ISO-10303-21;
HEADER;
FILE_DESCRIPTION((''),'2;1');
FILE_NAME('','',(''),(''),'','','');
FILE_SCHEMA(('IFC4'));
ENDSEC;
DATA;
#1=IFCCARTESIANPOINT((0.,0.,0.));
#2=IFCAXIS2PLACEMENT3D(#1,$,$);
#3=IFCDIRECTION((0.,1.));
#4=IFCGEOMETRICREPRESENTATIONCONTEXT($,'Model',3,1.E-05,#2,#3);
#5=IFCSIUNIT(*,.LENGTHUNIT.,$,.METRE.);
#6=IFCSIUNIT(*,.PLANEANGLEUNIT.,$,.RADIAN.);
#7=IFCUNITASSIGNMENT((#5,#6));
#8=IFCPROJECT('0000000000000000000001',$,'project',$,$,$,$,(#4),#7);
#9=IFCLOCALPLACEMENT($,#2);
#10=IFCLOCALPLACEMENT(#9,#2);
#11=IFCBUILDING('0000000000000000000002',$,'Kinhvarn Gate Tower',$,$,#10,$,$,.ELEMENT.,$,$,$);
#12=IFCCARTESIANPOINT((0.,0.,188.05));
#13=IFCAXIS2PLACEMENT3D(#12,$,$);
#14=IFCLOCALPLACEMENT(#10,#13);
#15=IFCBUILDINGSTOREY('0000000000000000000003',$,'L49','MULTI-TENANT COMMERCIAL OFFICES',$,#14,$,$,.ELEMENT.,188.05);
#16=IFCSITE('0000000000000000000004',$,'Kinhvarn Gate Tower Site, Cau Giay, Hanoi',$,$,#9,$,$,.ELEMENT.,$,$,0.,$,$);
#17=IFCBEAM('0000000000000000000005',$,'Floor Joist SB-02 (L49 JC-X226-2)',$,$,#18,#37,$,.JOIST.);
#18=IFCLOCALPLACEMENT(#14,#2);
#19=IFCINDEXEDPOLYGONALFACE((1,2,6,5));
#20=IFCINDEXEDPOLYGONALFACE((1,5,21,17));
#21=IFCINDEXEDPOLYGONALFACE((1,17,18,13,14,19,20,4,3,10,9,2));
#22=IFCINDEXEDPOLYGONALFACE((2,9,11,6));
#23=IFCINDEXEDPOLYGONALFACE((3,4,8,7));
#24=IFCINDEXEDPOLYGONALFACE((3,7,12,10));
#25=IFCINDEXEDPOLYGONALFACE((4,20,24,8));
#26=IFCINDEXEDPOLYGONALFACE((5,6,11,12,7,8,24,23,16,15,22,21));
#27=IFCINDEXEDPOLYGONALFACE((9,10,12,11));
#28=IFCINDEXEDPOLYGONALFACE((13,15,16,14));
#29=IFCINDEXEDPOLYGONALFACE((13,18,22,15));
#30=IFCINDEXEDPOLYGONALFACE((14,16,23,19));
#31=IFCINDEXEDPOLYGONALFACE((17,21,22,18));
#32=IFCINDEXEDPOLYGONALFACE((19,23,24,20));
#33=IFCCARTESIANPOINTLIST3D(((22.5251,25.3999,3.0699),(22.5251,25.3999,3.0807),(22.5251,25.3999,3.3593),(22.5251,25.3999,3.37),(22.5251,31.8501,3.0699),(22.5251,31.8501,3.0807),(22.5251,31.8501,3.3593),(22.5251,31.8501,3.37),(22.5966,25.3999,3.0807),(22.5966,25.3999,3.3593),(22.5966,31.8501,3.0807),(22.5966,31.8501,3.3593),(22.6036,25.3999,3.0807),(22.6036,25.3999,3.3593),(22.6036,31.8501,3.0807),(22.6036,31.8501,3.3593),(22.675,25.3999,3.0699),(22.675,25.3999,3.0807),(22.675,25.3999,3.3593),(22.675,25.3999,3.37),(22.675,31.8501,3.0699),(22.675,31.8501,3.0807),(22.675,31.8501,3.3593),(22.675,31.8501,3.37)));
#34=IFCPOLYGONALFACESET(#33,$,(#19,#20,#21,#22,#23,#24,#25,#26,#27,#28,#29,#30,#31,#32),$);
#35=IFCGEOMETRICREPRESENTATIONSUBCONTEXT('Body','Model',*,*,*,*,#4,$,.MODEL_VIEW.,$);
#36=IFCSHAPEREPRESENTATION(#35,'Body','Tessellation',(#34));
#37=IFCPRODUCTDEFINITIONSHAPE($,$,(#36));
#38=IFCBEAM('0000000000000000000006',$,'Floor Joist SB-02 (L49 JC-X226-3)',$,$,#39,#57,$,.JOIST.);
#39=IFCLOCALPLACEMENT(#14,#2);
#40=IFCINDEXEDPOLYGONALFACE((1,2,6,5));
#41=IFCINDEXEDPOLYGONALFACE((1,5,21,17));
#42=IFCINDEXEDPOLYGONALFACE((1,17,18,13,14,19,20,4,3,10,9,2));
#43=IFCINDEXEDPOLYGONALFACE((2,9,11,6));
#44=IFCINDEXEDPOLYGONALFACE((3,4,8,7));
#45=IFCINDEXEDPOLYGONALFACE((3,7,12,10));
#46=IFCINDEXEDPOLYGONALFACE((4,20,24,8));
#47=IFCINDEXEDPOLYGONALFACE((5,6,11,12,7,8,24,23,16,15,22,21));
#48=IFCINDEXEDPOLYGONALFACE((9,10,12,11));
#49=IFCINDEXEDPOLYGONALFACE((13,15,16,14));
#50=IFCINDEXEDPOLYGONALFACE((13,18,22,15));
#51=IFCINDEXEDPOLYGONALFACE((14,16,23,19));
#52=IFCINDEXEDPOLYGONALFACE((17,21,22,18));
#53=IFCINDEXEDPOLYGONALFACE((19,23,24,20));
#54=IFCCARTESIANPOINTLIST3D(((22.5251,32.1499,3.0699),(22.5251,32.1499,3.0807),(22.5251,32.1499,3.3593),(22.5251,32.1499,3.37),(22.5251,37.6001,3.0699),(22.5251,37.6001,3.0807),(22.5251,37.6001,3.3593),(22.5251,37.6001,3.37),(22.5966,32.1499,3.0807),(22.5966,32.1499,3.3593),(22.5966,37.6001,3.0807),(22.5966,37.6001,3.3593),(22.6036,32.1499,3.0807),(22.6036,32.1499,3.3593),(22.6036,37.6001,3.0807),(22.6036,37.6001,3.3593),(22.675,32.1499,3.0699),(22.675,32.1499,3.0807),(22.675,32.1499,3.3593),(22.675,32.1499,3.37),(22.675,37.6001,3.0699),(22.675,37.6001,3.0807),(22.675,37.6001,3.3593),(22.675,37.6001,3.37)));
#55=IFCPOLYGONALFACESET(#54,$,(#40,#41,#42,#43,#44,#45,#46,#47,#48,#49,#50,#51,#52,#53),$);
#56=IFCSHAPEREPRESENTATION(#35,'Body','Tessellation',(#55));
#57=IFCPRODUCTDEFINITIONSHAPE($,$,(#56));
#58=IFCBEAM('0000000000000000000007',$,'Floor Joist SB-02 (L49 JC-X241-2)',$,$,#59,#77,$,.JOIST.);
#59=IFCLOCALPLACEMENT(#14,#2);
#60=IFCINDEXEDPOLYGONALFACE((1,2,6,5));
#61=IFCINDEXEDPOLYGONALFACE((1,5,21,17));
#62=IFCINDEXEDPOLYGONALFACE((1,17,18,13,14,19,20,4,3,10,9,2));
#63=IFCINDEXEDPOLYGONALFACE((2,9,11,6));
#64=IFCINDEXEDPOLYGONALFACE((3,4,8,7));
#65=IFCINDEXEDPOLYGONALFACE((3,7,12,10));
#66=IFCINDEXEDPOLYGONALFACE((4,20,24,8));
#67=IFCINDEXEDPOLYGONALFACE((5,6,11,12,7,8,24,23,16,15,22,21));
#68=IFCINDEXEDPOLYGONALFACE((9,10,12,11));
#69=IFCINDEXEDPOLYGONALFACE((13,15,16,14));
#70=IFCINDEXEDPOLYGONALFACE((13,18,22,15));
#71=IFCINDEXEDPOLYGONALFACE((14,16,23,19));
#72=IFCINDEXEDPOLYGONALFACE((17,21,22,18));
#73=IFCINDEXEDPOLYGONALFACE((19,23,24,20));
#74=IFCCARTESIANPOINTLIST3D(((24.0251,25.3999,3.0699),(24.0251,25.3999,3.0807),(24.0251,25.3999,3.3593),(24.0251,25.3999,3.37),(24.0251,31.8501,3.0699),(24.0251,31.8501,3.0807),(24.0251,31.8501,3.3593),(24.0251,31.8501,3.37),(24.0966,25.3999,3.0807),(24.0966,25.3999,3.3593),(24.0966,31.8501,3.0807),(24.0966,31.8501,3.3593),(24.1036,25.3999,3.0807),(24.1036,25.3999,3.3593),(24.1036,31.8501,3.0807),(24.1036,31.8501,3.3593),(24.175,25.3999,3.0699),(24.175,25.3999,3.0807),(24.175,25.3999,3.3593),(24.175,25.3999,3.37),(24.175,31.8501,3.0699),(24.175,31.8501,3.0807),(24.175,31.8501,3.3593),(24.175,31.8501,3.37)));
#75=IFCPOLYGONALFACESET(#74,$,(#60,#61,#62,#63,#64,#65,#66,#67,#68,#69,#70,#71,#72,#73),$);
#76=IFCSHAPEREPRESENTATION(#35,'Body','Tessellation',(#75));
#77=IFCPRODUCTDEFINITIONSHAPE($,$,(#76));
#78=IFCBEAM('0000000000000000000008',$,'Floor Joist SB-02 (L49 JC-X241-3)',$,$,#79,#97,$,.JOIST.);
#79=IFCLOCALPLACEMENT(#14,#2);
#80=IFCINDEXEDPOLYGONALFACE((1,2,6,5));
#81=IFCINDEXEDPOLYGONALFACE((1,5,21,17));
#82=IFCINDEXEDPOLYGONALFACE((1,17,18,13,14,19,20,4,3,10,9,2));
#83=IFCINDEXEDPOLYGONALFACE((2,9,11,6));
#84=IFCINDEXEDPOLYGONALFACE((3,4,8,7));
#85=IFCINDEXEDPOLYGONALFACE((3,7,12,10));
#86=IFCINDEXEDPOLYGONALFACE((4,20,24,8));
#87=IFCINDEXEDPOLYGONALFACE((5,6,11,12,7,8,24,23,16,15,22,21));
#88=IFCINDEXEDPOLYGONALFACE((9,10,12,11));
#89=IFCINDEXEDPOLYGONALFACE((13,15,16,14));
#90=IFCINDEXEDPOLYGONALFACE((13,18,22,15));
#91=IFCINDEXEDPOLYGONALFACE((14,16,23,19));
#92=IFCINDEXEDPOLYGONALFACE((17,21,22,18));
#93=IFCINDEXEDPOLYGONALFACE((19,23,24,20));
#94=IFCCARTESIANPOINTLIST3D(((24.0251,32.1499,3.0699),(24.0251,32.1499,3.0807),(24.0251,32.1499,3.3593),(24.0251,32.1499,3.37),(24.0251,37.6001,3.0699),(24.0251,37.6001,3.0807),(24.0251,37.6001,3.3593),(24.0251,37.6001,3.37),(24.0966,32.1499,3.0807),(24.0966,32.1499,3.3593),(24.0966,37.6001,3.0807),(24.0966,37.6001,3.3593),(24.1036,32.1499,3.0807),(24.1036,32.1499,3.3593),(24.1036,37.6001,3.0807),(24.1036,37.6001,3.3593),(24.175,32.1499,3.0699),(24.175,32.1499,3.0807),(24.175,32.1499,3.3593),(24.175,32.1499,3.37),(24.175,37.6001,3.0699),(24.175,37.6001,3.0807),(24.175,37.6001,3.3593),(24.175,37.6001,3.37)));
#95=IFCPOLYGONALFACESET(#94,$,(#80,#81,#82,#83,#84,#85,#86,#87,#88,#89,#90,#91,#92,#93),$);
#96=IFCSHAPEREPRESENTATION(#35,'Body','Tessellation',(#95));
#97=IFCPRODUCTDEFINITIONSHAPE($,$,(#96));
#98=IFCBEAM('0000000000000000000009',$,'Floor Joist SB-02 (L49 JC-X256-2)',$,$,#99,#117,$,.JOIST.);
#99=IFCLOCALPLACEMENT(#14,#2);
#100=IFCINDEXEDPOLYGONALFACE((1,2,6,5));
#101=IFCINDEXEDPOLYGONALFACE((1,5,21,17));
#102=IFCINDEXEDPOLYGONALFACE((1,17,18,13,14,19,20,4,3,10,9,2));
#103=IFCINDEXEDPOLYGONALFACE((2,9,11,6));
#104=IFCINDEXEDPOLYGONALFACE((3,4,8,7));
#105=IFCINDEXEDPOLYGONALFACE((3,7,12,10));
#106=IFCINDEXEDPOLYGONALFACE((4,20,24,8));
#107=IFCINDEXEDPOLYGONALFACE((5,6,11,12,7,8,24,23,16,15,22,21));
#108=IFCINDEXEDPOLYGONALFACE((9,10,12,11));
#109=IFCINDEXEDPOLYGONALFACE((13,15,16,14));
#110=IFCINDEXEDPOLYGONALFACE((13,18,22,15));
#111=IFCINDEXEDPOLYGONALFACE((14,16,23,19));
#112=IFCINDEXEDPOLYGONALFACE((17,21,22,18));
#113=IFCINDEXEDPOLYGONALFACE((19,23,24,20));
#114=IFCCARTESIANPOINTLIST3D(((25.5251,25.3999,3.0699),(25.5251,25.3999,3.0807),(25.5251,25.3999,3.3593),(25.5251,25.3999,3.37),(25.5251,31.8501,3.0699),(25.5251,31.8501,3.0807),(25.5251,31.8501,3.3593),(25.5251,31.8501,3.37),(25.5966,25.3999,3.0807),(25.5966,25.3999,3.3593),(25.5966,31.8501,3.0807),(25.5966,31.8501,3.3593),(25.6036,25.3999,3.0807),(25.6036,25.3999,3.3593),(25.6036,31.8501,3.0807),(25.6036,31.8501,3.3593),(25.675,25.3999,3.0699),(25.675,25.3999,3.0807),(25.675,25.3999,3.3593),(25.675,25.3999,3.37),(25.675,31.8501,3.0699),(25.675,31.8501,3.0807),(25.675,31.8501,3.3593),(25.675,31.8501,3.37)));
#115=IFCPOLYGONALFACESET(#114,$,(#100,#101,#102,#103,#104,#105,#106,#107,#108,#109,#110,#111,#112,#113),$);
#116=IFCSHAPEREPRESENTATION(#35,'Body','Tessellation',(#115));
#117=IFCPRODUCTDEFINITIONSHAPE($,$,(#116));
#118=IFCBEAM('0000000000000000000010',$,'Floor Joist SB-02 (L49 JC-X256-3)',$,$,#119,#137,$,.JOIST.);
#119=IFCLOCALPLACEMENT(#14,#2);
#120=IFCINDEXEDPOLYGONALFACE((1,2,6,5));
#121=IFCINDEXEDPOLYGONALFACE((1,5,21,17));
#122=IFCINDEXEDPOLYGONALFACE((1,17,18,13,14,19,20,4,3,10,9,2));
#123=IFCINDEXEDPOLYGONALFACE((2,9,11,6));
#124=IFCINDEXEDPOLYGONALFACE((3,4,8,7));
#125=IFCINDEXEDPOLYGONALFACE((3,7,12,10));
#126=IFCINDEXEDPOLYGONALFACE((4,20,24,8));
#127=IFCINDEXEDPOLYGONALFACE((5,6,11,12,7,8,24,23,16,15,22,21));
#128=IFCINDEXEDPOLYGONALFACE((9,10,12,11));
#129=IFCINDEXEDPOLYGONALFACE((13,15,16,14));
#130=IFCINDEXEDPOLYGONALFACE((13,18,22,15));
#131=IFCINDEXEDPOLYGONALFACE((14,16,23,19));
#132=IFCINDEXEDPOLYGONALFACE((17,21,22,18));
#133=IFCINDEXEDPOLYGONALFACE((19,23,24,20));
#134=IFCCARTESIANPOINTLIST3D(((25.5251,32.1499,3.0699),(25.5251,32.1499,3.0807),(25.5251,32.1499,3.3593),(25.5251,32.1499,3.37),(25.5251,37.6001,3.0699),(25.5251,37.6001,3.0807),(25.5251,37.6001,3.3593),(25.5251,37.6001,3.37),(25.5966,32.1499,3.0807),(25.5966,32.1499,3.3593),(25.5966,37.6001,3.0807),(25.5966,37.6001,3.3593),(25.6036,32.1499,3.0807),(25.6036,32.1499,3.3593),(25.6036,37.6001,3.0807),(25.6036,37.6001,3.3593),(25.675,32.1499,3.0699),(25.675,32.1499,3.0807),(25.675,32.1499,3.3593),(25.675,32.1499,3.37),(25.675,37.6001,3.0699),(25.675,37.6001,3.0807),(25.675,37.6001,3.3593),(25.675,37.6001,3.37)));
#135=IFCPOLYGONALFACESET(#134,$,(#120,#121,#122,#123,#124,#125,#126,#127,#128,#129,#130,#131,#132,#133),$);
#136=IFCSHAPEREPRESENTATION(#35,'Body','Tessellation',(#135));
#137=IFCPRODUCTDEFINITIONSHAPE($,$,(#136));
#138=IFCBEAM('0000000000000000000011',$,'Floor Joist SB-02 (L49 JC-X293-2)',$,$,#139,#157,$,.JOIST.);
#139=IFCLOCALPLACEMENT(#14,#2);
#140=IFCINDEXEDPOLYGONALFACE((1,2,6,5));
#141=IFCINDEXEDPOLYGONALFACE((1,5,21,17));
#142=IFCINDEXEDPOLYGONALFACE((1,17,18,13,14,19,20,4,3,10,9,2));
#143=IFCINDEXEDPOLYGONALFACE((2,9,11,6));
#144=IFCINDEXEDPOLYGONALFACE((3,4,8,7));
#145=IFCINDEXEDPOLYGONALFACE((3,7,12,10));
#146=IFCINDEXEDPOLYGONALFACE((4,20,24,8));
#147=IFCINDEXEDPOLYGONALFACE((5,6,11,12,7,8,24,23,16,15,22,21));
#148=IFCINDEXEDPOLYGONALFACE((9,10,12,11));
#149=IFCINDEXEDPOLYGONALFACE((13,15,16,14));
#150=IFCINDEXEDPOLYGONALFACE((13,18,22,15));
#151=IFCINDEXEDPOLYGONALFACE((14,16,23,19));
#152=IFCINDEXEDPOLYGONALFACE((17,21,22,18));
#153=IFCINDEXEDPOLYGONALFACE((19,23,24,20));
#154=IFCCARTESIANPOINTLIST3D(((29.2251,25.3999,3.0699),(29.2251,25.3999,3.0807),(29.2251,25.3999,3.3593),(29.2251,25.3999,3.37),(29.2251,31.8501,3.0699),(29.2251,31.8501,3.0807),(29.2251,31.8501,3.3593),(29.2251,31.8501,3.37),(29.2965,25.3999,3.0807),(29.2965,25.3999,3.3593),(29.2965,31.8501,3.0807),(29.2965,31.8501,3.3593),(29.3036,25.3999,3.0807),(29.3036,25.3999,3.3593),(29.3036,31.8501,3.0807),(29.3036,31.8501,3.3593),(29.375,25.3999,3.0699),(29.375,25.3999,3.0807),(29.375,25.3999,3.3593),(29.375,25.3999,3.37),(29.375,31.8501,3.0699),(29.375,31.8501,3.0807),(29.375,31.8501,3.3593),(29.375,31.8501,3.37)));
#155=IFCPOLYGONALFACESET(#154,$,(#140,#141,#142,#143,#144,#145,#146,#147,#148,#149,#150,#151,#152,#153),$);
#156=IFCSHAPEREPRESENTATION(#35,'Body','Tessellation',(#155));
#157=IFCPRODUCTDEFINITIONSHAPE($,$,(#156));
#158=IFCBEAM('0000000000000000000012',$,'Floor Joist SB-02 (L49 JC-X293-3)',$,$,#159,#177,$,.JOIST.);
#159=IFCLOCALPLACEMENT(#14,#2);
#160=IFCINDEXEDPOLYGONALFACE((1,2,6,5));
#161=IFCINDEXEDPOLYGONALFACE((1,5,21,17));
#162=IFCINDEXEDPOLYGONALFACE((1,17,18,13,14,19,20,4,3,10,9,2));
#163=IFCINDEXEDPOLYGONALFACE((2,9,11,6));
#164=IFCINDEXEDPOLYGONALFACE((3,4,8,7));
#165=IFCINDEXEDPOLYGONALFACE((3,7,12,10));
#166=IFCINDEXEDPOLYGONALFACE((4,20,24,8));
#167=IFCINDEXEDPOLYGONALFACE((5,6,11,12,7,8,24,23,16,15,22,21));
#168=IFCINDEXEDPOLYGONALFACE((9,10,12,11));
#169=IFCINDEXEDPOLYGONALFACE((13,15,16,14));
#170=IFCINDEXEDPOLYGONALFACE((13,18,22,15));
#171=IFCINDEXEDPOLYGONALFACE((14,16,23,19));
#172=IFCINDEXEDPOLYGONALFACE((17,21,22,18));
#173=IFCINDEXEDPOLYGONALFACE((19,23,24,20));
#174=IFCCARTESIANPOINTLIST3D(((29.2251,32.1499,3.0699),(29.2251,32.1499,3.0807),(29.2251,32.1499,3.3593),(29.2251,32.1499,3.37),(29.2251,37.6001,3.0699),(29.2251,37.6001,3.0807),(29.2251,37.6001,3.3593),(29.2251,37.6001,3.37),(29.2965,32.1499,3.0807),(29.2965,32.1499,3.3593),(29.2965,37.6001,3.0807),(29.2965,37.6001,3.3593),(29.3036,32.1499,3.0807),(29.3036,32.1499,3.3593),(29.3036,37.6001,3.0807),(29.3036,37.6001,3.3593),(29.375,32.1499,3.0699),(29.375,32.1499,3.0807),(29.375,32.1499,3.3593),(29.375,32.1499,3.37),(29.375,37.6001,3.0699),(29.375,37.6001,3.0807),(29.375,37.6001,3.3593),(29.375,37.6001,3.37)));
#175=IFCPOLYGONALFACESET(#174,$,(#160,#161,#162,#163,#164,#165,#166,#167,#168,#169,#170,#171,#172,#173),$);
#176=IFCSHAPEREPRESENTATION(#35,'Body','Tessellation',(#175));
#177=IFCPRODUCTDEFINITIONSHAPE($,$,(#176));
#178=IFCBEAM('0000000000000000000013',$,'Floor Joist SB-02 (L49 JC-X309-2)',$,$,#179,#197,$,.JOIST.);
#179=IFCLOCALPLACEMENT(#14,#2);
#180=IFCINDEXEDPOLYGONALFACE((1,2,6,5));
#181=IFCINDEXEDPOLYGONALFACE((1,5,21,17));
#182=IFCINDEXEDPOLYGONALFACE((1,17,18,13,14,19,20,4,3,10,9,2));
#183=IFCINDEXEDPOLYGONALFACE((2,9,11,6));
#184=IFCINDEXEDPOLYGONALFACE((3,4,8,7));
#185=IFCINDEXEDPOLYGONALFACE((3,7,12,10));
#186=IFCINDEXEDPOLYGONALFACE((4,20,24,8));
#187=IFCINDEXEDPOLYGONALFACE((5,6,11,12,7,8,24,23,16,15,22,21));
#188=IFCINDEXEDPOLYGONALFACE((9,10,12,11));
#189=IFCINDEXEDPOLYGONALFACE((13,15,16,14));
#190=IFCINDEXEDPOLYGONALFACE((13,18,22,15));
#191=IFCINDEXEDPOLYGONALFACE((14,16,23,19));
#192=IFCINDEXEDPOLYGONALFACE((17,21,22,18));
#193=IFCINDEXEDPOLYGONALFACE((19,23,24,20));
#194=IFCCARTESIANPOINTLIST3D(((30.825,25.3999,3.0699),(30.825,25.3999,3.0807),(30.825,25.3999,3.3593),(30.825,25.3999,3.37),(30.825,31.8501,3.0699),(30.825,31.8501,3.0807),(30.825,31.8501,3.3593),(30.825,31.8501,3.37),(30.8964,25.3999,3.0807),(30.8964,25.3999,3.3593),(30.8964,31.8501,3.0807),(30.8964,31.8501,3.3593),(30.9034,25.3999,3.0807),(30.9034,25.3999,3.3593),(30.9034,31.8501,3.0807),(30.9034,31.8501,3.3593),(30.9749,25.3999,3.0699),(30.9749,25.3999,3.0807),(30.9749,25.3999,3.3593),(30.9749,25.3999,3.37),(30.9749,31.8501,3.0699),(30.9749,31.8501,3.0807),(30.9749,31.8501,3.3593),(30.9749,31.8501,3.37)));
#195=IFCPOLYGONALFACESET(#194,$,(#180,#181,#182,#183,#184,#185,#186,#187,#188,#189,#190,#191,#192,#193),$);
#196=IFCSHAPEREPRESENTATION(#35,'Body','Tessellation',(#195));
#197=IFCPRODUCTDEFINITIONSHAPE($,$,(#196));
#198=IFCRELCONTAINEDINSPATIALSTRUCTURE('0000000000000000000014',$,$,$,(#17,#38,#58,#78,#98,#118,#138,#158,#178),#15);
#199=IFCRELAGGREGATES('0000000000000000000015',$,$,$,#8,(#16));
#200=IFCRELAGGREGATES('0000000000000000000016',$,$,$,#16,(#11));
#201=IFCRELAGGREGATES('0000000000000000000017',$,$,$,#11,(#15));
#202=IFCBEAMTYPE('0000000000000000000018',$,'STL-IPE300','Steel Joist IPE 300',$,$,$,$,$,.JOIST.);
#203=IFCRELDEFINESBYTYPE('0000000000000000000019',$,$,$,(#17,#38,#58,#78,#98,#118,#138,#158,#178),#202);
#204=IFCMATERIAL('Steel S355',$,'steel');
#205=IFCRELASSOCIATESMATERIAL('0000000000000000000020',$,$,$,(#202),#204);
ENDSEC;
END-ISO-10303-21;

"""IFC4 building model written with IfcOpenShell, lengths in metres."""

from ifc_helpers import new_model, si_unit, direction, frame, origin, origin_2d, place, context, subcontext, project, spatial, i_section, extrude, material, material_profile, profile_set, type_object, element, save


model = new_model("IFC4")

# Units and contexts
model_context = context("Model", 3, precision=1e-05, world=origin(), true_north=direction((0.0, 1.0)))
body_context = subcontext(model_context, "Body", "Model", "MODEL_VIEW")
ifc_project = project(units=[si_unit("LENGTHUNIT", "METRE"), si_unit("PLANEANGLEUNIT", "RADIAN")], contexts=[model_context])

# Site, building, storey
site_placement = place(None, origin())
site = spatial("IfcSite", under=ifc_project, at=site_placement, Name="Kinhvarn Gate Tower Site, Cau Giay, Hanoi", CompositionType="ELEMENT", RefElevation=0.0)
building_placement = place(site_placement, origin())
building = spatial("IfcBuilding", under=site, at=building_placement, Name="Kinhvarn Gate Tower", CompositionType="ELEMENT")
storey_placement = place(building_placement, frame((0.0, 0.0, 188.05)))
storey = spatial("IfcBuildingStorey", under=building, at=storey_placement, Name="L49", Description="MULTI-TENANT COMMERCIAL OFFICES", CompositionType="ELEMENT", Elevation=188.05)

# Beams
ifc_material_1 = material(Name="Steel S355", Category="steel")
ifc_material_profile = material_profile(ifc_material_1, i_section(OverallWidth=0.1499, OverallDepth=0.3, WebThickness=0.0071, FlangeThickness=0.0107, at=origin_2d()), Name="IPE 300")
ifc_profile_set = profile_set([ifc_material_profile], Name="Steel S355")
beam_type = type_object("IfcBeamType", Name="STL-IPE300", Description="Steel Joist IPE 300", PredefinedType="JOIST", material=ifc_profile_set)
beam_1_placement = place(storey_placement, frame((22.6001, 25.3999, 3.22), z_axis=(0.0, 1.0, 0.0), x_axis=(-1.0, 0.0, 0.0)))
element("IfcBeam", 1, at=beam_1_placement, inside=storey, type_object=beam_type, Name="Floor Joist SB-02 (L49 JC-X226-2)", PredefinedType="JOIST", context=body_context, shape_type="SweptSolid", body=[
    extrude(i_section(OverallWidth=0.1499, OverallDepth=0.3, WebThickness=0.0071, FlangeThickness=0.0107, at=origin_2d()), origin(), (0.0, 0.0, 1.0), 6.4502),
])
beam_2_placement = place(storey_placement, frame((22.6001, 32.1499, 3.22), z_axis=(0.0, 1.0, 0.0), x_axis=(-1.0, 0.0, 0.0)))
element("IfcBeam", 2, at=beam_2_placement, inside=storey, type_object=beam_type, Name="Floor Joist SB-02 (L49 JC-X226-3)", PredefinedType="JOIST", context=body_context, shape_type="SweptSolid", body=[
    extrude(i_section(OverallWidth=0.1499, OverallDepth=0.3, WebThickness=0.0071, FlangeThickness=0.0107, at=origin_2d()), origin(), (0.0, 0.0, 1.0), 5.4502),
])
beam_3_placement = place(storey_placement, frame((24.1001, 25.3999, 3.22), z_axis=(0.0, 1.0, 0.0), x_axis=(-1.0, 0.0, 0.0)))
element("IfcBeam", 3, at=beam_3_placement, inside=storey, type_object=beam_type, Name="Floor Joist SB-02 (L49 JC-X241-2)", PredefinedType="JOIST", context=body_context, shape_type="SweptSolid", body=[
    extrude(i_section(OverallWidth=0.1499, OverallDepth=0.3, WebThickness=0.0071, FlangeThickness=0.0107, at=origin_2d()), origin(), (0.0, 0.0, 1.0), 6.4502),
])
beam_4_placement = place(storey_placement, frame((24.1001, 32.1499, 3.22), z_axis=(0.0, 1.0, 0.0), x_axis=(-1.0, 0.0, 0.0)))
element("IfcBeam", 4, at=beam_4_placement, inside=storey, type_object=beam_type, Name="Floor Joist SB-02 (L49 JC-X241-3)", PredefinedType="JOIST", context=body_context, shape_type="SweptSolid", body=[
    extrude(i_section(OverallWidth=0.1499, OverallDepth=0.3, WebThickness=0.0071, FlangeThickness=0.0107, at=origin_2d()), origin(), (0.0, 0.0, 1.0), 5.4502),
])
beam_5_placement = place(storey_placement, frame((25.6001, 25.3999, 3.22), z_axis=(0.0, 1.0, 0.0), x_axis=(-1.0, 0.0, 0.0)))
element("IfcBeam", 5, at=beam_5_placement, inside=storey, type_object=beam_type, Name="Floor Joist SB-02 (L49 JC-X256-2)", PredefinedType="JOIST", context=body_context, shape_type="SweptSolid", body=[
    extrude(i_section(OverallWidth=0.1499, OverallDepth=0.3, WebThickness=0.0071, FlangeThickness=0.0107, at=origin_2d()), origin(), (0.0, 0.0, 1.0), 6.4502),
])
beam_6_placement = place(storey_placement, frame((25.6001, 32.1499, 3.22), z_axis=(0.0, 1.0, 0.0), x_axis=(-1.0, 0.0, 0.0)))
element("IfcBeam", 6, at=beam_6_placement, inside=storey, type_object=beam_type, Name="Floor Joist SB-02 (L49 JC-X256-3)", PredefinedType="JOIST", context=body_context, shape_type="SweptSolid", body=[
    extrude(i_section(OverallWidth=0.1499, OverallDepth=0.3, WebThickness=0.0071, FlangeThickness=0.0107, at=origin_2d()), origin(), (0.0, 0.0, 1.0), 5.4502),
])
beam_7_placement = place(storey_placement, frame((29.3, 25.3999, 3.22), z_axis=(0.0, 1.0, 0.0), x_axis=(-1.0, 0.0, 0.0)))
element("IfcBeam", 7, at=beam_7_placement, inside=storey, type_object=beam_type, Name="Floor Joist SB-02 (L49 JC-X293-2)", PredefinedType="JOIST", context=body_context, shape_type="SweptSolid", body=[
    extrude(i_section(OverallWidth=0.1499, OverallDepth=0.3, WebThickness=0.0071, FlangeThickness=0.0107, at=origin_2d()), origin(), (0.0, 0.0, 1.0), 6.4502),
])
beam_8_placement = place(storey_placement, frame((29.3, 32.1499, 3.22), z_axis=(0.0, 1.0, 0.0), x_axis=(-1.0, 0.0, 0.0)))
element("IfcBeam", 8, at=beam_8_placement, inside=storey, type_object=beam_type, Name="Floor Joist SB-02 (L49 JC-X293-3)", PredefinedType="JOIST", context=body_context, shape_type="SweptSolid", body=[
    extrude(i_section(OverallWidth=0.1499, OverallDepth=0.3, WebThickness=0.0071, FlangeThickness=0.0107, at=origin_2d()), origin(), (0.0, 0.0, 1.0), 5.4502),
])
beam_9_placement = place(storey_placement, frame((30.8999, 25.3999, 3.22), z_axis=(0.0, 1.0, 0.0), x_axis=(-1.0, 0.0, 0.0)))
element("IfcBeam", 9, at=beam_9_placement, inside=storey, type_object=beam_type, Name="Floor Joist SB-02 (L49 JC-X309-2)", PredefinedType="JOIST", context=body_context, shape_type="SweptSolid", body=[
    extrude(i_section(OverallWidth=0.1499, OverallDepth=0.3, WebThickness=0.0071, FlangeThickness=0.0107, at=origin_2d()), origin(), (0.0, 0.0, 1.0), 6.4502),
])

save(model, "model.ifc")
